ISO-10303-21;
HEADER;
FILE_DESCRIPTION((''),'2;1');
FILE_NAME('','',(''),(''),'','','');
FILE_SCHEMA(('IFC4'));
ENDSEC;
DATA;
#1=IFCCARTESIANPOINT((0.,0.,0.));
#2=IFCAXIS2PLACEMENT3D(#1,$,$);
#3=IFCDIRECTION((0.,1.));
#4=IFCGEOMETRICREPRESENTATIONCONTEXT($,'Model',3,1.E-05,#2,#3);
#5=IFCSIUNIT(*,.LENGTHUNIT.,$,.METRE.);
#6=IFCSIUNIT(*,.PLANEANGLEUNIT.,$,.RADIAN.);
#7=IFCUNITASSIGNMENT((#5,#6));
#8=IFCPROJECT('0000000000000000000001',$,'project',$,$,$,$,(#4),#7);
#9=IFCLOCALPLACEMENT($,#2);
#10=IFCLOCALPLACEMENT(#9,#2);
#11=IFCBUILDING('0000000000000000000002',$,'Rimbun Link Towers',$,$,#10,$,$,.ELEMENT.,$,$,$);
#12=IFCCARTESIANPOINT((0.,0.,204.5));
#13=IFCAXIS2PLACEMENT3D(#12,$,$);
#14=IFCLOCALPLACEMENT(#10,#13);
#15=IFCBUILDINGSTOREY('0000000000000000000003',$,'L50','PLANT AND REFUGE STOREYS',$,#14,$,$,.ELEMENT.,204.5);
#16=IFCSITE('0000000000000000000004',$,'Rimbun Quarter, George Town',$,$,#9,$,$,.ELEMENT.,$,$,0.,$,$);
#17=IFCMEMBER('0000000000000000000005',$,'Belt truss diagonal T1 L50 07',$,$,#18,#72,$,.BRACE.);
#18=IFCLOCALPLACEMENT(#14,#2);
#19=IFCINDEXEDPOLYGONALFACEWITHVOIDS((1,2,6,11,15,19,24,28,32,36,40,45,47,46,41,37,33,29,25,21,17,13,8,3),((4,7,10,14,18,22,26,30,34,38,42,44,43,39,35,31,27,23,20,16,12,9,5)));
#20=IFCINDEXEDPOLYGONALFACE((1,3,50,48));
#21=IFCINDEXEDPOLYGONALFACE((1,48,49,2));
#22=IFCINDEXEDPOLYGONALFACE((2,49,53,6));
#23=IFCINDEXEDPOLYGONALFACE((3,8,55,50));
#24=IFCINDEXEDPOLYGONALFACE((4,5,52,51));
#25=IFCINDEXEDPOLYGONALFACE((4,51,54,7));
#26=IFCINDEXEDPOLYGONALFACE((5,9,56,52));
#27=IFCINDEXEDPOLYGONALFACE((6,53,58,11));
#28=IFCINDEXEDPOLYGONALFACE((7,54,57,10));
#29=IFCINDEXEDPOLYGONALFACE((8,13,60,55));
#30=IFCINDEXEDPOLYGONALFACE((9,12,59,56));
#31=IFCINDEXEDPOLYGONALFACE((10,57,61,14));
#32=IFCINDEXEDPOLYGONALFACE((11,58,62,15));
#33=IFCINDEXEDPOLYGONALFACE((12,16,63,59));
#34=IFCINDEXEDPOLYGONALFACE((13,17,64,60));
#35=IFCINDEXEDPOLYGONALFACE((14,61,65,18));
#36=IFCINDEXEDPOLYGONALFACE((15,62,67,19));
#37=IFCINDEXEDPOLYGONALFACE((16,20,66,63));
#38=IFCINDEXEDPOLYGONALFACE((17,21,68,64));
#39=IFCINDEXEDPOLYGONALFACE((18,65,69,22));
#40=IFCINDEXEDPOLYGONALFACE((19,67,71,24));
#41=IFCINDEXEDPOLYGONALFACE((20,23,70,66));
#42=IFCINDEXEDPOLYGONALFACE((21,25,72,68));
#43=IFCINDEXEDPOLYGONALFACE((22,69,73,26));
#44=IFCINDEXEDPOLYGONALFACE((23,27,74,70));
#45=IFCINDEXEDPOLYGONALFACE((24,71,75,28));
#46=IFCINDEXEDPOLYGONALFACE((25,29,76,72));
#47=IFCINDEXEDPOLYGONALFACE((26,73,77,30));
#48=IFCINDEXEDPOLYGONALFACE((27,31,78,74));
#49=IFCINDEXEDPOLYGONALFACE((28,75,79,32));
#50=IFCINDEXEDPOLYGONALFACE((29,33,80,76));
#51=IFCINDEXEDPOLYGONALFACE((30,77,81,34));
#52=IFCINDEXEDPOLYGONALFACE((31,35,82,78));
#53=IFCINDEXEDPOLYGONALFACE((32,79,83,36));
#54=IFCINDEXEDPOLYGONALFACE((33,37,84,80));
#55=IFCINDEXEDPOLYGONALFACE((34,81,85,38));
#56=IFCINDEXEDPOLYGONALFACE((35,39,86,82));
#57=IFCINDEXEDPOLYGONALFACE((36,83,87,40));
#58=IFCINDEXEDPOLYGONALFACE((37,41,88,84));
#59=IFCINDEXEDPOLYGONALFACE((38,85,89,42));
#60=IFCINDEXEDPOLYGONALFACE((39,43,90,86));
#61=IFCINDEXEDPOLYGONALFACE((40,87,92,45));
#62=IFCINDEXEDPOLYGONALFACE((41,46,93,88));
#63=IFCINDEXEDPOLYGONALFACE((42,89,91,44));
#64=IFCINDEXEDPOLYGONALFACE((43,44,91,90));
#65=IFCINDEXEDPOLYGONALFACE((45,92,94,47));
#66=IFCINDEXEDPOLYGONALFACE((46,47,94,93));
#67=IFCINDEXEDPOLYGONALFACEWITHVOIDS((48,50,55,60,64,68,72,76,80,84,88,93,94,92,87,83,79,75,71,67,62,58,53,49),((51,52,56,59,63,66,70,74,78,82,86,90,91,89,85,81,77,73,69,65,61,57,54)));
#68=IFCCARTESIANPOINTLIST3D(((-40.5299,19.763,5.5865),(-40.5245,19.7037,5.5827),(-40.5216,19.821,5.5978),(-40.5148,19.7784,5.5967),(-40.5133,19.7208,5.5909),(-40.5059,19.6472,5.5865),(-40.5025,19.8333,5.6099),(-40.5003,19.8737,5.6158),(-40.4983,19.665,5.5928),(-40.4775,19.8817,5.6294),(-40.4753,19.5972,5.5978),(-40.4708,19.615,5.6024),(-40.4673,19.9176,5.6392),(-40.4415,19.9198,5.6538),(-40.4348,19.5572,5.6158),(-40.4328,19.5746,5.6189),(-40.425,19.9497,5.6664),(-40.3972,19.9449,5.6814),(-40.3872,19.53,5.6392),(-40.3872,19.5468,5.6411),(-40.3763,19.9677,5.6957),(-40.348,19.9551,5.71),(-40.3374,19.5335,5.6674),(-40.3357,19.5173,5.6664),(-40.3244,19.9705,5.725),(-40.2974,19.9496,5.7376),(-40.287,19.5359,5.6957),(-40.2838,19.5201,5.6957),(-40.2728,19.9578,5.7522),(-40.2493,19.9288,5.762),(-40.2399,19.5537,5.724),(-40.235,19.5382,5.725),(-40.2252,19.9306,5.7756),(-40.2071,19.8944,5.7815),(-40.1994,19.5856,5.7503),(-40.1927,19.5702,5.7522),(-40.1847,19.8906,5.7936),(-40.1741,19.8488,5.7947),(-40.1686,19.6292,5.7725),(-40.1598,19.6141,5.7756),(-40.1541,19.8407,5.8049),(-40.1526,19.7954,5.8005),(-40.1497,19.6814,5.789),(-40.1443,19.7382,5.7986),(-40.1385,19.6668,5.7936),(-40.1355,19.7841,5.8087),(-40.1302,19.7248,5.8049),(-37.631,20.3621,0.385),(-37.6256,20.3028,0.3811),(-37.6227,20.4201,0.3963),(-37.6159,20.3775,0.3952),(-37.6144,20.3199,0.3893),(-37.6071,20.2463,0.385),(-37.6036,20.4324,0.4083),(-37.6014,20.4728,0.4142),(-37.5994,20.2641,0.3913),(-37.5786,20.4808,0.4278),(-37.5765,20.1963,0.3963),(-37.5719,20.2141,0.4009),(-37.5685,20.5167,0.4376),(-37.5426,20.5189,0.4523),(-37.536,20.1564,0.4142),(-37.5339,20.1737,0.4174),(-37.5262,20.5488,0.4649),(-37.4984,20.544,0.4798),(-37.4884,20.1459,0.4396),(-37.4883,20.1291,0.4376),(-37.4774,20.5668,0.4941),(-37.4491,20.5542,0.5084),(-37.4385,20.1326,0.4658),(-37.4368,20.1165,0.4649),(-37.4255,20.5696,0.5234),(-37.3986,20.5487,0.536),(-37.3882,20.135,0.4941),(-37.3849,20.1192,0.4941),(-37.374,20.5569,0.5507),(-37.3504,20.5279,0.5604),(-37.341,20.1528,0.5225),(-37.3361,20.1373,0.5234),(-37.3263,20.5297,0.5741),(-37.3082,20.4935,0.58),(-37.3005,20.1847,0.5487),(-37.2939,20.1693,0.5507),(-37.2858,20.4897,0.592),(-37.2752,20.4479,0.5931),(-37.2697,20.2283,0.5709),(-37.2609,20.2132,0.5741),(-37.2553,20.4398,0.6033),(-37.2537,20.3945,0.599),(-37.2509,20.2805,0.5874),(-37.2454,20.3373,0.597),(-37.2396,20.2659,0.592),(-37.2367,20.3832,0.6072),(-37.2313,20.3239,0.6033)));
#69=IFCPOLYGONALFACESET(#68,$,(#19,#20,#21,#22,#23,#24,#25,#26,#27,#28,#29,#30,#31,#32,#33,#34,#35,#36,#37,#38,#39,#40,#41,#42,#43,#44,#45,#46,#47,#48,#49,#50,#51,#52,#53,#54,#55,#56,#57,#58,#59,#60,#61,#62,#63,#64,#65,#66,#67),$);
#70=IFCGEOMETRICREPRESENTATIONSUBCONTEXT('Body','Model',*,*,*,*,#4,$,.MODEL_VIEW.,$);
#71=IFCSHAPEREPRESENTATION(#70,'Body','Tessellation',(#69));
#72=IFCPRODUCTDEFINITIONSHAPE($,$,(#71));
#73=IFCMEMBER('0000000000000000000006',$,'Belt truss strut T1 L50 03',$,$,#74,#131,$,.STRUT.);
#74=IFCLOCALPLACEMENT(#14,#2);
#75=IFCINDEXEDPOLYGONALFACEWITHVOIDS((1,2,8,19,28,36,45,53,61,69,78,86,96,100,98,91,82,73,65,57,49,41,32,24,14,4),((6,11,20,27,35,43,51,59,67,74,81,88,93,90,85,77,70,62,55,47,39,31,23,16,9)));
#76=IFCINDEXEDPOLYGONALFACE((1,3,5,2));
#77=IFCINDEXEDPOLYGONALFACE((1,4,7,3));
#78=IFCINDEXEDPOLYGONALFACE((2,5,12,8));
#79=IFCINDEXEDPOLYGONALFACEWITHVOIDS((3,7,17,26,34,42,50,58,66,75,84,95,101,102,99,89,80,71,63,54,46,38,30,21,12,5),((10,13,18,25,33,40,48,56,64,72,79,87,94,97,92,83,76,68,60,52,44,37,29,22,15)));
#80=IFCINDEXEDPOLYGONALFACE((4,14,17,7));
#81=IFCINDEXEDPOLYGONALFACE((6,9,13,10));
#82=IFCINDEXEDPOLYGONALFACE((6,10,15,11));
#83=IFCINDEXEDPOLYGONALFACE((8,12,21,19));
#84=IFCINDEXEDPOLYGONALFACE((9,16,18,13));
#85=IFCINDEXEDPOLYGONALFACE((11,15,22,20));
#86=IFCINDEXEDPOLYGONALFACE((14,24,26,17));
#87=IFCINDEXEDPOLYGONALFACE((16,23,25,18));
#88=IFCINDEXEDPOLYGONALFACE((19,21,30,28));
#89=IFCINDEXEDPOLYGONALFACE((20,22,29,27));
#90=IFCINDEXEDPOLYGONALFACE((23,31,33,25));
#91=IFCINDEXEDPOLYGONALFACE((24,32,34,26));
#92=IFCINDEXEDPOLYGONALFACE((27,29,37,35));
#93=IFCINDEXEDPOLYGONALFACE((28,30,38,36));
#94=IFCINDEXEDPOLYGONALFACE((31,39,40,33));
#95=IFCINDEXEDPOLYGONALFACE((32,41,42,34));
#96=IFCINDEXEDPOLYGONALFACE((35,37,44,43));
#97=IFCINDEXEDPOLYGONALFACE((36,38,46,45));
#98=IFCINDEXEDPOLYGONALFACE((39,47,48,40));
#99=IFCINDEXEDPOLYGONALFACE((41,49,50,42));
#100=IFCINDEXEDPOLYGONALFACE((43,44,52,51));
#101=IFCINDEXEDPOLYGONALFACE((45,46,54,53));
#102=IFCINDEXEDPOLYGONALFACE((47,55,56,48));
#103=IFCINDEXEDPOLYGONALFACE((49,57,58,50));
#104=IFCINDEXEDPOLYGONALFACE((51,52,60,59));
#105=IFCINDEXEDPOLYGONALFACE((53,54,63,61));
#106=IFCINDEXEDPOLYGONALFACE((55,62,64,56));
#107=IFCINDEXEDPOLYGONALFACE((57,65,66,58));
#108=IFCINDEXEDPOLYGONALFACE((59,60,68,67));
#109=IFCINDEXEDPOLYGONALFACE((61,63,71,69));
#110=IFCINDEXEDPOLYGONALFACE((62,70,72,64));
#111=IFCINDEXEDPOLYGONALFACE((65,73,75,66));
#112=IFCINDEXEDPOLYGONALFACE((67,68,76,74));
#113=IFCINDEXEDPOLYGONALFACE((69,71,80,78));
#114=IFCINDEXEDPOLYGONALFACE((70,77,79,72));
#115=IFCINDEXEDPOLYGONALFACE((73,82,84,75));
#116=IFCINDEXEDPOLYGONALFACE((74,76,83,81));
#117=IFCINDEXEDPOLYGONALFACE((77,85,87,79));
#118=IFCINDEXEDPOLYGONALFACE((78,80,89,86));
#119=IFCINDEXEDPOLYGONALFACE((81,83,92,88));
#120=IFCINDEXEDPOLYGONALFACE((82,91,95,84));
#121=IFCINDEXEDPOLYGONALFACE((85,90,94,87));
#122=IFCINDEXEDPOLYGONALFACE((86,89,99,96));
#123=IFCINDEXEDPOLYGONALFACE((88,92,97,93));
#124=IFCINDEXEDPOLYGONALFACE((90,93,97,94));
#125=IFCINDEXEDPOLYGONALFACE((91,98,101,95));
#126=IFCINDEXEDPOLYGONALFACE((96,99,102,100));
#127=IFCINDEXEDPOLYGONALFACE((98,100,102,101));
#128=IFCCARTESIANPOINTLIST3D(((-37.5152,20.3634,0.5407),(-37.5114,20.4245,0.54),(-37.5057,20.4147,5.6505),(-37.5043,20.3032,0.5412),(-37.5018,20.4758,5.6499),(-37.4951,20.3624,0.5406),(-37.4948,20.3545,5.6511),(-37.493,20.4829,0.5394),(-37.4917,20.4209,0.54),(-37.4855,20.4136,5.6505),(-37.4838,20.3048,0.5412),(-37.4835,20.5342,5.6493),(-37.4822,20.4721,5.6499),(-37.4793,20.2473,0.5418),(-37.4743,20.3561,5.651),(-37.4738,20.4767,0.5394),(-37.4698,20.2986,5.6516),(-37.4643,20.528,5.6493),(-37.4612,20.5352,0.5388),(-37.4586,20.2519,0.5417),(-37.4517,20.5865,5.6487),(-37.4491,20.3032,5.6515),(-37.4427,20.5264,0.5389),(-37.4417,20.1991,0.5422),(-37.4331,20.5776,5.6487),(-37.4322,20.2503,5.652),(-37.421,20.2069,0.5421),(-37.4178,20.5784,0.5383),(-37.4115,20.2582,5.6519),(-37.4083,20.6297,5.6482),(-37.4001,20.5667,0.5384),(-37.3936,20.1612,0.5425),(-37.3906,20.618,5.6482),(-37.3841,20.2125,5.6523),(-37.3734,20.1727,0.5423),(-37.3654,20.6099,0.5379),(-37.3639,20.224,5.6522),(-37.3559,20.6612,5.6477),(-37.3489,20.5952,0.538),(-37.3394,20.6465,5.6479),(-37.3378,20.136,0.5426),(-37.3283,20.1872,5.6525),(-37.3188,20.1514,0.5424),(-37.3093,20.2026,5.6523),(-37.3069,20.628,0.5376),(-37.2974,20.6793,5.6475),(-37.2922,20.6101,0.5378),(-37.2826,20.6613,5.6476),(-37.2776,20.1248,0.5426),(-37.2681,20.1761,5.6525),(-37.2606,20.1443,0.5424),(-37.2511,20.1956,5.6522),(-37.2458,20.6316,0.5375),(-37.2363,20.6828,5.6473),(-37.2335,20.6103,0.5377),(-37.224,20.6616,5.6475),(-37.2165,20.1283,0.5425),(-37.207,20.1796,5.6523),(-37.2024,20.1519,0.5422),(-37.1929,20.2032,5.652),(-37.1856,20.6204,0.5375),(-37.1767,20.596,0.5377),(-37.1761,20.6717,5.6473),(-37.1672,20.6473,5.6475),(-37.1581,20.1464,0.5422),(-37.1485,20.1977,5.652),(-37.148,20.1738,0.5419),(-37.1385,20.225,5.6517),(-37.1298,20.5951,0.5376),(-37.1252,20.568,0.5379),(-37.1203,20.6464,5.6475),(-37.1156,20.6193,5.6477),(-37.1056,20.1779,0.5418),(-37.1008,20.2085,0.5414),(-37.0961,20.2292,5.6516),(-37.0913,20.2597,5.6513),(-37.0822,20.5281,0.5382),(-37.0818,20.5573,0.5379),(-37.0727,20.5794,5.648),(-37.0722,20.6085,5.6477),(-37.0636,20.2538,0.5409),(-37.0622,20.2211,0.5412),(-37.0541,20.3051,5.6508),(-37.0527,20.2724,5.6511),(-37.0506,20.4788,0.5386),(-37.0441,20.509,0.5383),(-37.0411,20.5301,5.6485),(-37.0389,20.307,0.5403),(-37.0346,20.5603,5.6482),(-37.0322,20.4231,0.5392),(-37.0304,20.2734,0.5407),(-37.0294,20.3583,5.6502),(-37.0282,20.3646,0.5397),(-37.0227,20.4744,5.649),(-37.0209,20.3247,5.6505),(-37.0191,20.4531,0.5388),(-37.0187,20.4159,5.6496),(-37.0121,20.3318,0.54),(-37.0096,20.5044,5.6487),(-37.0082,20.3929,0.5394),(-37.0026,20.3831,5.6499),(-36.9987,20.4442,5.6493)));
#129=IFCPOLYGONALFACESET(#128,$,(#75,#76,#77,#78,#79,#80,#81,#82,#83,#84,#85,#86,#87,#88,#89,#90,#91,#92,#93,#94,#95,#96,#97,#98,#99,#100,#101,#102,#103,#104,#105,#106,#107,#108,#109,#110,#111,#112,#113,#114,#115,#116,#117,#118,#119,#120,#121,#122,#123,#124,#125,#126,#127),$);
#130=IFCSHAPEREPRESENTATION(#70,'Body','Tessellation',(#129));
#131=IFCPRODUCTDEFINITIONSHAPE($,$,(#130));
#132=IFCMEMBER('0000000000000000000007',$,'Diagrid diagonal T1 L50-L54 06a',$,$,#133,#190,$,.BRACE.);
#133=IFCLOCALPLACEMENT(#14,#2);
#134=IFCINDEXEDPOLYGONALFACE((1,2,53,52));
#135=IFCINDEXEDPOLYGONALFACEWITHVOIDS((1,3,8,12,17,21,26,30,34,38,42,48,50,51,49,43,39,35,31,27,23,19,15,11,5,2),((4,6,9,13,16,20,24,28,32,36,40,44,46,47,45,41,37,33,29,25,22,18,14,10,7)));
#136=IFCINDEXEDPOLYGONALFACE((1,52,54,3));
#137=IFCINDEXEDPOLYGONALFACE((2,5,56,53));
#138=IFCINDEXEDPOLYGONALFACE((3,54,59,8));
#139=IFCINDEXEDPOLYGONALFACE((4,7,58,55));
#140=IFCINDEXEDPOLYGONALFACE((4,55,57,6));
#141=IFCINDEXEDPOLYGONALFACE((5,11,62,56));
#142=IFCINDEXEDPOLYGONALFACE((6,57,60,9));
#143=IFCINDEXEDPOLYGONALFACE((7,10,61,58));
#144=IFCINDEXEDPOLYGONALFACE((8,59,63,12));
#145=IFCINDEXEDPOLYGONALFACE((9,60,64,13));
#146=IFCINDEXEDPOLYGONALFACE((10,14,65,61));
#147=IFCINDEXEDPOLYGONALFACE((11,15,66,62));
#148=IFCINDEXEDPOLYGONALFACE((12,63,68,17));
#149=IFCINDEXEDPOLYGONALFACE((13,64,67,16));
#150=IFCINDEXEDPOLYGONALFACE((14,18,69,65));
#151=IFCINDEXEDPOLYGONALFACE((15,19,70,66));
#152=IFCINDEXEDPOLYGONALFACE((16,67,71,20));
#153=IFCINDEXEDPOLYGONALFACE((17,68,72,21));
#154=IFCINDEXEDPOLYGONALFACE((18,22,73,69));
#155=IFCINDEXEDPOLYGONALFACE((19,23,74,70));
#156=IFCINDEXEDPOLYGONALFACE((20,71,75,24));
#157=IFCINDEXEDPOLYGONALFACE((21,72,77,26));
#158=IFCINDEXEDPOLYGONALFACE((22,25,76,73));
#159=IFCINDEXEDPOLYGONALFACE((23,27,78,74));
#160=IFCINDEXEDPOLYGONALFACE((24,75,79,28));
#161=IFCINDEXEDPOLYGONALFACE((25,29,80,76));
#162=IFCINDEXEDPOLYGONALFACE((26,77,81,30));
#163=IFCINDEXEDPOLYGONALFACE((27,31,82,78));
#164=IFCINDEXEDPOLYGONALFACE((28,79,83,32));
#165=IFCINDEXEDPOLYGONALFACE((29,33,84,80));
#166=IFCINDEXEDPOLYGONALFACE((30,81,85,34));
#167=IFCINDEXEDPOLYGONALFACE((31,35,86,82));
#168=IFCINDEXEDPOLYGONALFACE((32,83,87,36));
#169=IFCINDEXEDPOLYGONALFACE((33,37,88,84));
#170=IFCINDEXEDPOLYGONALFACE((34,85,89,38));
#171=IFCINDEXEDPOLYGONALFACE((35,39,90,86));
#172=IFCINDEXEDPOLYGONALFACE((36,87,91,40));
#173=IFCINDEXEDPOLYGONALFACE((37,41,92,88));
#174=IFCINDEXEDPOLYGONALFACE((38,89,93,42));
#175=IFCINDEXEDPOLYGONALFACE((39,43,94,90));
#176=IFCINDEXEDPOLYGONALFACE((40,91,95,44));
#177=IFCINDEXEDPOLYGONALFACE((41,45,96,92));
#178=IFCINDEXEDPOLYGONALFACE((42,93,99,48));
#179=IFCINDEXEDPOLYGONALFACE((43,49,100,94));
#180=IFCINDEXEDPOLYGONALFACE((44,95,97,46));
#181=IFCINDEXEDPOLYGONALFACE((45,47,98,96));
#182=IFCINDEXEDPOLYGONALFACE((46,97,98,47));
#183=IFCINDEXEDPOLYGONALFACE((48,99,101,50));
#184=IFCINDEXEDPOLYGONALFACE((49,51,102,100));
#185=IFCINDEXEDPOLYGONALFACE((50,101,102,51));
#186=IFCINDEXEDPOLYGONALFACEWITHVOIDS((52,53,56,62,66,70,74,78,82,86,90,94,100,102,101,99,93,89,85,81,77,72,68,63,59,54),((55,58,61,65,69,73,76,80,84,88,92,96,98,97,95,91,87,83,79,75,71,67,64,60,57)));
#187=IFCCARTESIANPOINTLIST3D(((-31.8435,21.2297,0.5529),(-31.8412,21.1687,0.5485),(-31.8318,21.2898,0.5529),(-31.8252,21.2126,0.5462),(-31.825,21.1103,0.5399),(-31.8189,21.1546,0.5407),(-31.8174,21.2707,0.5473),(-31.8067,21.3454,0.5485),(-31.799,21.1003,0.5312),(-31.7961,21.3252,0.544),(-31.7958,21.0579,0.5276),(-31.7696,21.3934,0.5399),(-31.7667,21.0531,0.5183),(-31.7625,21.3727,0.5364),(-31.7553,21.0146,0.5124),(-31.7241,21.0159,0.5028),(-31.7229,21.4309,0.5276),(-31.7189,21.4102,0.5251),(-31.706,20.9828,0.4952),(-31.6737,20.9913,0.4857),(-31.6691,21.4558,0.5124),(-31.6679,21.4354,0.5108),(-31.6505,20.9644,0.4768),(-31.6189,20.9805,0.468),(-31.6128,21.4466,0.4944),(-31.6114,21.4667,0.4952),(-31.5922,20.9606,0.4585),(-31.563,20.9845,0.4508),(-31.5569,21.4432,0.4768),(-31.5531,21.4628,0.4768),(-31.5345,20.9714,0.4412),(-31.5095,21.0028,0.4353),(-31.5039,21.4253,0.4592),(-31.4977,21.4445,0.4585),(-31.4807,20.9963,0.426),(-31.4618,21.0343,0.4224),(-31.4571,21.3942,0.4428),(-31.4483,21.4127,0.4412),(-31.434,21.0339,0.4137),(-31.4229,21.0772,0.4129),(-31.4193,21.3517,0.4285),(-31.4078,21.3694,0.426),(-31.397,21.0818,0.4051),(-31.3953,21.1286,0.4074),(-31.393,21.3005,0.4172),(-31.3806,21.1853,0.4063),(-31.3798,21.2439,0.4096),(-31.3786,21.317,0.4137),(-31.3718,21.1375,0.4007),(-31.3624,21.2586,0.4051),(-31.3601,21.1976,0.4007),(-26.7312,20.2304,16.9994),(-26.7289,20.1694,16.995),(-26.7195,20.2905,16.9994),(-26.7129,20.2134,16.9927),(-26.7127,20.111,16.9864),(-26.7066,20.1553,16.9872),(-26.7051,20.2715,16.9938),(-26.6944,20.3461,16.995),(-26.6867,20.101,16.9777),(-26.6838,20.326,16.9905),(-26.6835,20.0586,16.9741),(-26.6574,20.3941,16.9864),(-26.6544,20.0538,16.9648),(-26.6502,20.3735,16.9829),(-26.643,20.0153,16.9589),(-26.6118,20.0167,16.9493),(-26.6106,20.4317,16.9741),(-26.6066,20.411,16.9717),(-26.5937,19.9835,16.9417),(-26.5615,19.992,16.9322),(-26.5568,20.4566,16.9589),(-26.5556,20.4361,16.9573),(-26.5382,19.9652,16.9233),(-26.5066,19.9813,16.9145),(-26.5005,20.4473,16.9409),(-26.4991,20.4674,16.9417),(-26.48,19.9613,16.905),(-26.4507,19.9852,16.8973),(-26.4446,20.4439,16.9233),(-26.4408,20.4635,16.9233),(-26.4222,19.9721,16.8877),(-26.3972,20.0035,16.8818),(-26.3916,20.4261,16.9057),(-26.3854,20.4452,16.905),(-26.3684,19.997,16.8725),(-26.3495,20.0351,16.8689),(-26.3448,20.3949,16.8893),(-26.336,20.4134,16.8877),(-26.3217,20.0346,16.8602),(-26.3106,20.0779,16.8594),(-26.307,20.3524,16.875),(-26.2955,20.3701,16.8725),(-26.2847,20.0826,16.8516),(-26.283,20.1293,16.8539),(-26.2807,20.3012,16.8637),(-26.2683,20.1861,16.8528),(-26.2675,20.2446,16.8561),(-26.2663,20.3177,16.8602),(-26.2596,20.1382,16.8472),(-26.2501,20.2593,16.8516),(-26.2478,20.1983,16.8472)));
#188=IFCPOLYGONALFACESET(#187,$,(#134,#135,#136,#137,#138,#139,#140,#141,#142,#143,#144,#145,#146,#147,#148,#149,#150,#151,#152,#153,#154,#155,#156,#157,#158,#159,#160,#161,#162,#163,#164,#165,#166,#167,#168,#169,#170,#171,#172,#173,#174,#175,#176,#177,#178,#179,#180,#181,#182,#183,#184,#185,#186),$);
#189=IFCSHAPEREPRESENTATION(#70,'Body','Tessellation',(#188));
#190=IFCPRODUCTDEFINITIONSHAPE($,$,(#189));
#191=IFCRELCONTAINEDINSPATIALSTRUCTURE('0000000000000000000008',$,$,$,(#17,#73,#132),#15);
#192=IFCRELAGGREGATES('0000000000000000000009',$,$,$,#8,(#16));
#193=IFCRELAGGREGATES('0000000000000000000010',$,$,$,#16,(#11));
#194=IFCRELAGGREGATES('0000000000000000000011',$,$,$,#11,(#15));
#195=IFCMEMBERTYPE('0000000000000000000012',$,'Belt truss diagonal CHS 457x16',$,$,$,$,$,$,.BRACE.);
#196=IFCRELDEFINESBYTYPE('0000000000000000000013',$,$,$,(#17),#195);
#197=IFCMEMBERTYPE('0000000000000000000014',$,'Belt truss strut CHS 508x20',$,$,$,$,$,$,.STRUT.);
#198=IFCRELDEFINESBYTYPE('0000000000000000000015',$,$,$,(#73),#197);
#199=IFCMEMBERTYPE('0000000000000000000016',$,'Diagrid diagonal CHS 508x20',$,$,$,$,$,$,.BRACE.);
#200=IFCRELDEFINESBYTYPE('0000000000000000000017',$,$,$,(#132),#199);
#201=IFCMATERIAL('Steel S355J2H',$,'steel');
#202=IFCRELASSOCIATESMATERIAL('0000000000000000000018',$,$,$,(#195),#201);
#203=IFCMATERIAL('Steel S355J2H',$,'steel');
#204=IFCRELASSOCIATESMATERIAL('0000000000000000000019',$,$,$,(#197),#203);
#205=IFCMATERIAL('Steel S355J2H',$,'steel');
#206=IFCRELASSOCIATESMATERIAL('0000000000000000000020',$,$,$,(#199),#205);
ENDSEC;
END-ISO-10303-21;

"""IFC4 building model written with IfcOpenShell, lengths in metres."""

from ifc_helpers import new_model, si_unit, direction, frame, origin, origin_2d, place, context, subcontext, project, spatial, hollow_circle, extrude, material, material_profile, profile_set, type_object, element, save


model = new_model("IFC4")

# Units and contexts
model_context = context("Model", 3, precision=1e-05, world=origin(), true_north=direction((0.0, 1.0)))
body_context = subcontext(model_context, "Body", "Model", "MODEL_VIEW")
ifc_project = project(units=[si_unit("LENGTHUNIT", "METRE"), si_unit("PLANEANGLEUNIT", "RADIAN")], contexts=[model_context])

# Site, building, storey
site_placement = place(None, origin())
site = spatial("IfcSite", under=ifc_project, at=site_placement, Name="Rimbun Quarter, George Town", CompositionType="ELEMENT", RefElevation=0.0)
building_placement = place(site_placement, origin())
building = spatial("IfcBuilding", under=site, at=building_placement, Name="Rimbun Link Towers", CompositionType="ELEMENT")
storey_placement = place(building_placement, frame((0.0, 0.0, 204.5)))
storey = spatial("IfcBuildingStorey", under=building, at=storey_placement, Name="L50", Description="PLANT AND REFUGE STOREYS", CompositionType="ELEMENT", Elevation=204.5)

# Members
ifc_material_1 = material(Name="Steel S355J2H", Category="steel")
ifc_material_profile_1 = material_profile(ifc_material_1, hollow_circle(Radius=0.2285, WallThickness=0.0161, at=origin_2d()), Name="Belt truss diagonal CHS 457x16")
ifc_profile_set_1 = profile_set([ifc_material_profile_1], Name="Steel S355J2H")
member_type_1 = type_object("IfcMemberType", Name="Belt truss diagonal CHS 457x16", PredefinedType="BRACE", material=ifc_profile_set_1)
member_1_placement = place(storey_placement, frame((-37.4312, 20.343, 0.4941), z_axis=(-0.484367, -0.100104, 0.869119), x_axis=(0.202393, -0.979304, 0.0)))
element("IfcMember", 1, at=member_1_placement, inside=storey, type_object=member_type_1, Name="Belt truss diagonal T1 L50 07", PredefinedType="BRACE", context=body_context, shape_type="SweptSolid", body=[
    extrude(hollow_circle(Radius=0.2285, WallThickness=0.0161, at=origin_2d()), origin(), (0.0, 0.0, 1.0), 5.9849),
])
ifc_material_2 = material(Name="Steel S355J2H", Category="steel")
ifc_material_profile_2 = material_profile(ifc_material_2, hollow_circle(Radius=0.2539, WallThickness=0.02, at=origin_2d()), Name="Belt truss strut CHS 508x20")
ifc_profile_set_2 = profile_set([ifc_material_profile_2], Name="Steel S355J2H")
member_type_2 = type_object("IfcMemberType", Name="Belt truss strut CHS 508x20", PredefinedType="STRUT", material=ifc_profile_set_2)
member_2_placement = place(storey_placement, frame((-37.2617, 20.3782, 0.54), z_axis=(0.001863, 0.010033, 0.999948), x_axis=(-0.983189, 0.182592, 0.0)))
element("IfcMember", 2, at=member_2_placement, inside=storey, type_object=member_type_2, Name="Belt truss strut T1 L50 03", PredefinedType="STRUT", context=body_context, shape_type="SweptSolid", body=[
    extrude(hollow_circle(Radius=0.2539, WallThickness=0.02, at=origin_2d()), origin(), (0.0, 0.0, 1.0), 5.1101),
])
ifc_material_3 = material(Name="Steel S355J2H", Category="steel")
ifc_material_profile_3 = material_profile(ifc_material_3, hollow_circle(Radius=0.2539, WallThickness=0.02, at=origin_2d()), Name="Diagrid diagonal CHS 508x20")
ifc_profile_set_3 = profile_set([ifc_material_profile_3], Name="Steel S355J2H")
member_type_3 = type_object("IfcMemberType", Name="Diagrid diagonal CHS 508x20", PredefinedType="BRACE", material=ifc_profile_set_3)
for number, where, z_axis, x_axis, name in (
    (3, (-31.6018, 21.2136, 0.4768), (0.296336, -0.057923, 0.953326), (0.191833, 0.981428, 0.0), "Diagrid diagonal T1 L50-L54 06a"),
):
    element("IfcMember", number, at=place(storey_placement, frame(where, z_axis=z_axis, x_axis=x_axis)), inside=storey, type_object=member_type_3, Name=name, PredefinedType="BRACE", context=body_context, shape_type="SweptSolid", body=[
        extrude(hollow_circle(Radius=0.2539, WallThickness=0.02, at=origin_2d()), origin(), (0.0, 0.0, 1.0), 17.2517),
    ])

save(model, "model.ifc")
